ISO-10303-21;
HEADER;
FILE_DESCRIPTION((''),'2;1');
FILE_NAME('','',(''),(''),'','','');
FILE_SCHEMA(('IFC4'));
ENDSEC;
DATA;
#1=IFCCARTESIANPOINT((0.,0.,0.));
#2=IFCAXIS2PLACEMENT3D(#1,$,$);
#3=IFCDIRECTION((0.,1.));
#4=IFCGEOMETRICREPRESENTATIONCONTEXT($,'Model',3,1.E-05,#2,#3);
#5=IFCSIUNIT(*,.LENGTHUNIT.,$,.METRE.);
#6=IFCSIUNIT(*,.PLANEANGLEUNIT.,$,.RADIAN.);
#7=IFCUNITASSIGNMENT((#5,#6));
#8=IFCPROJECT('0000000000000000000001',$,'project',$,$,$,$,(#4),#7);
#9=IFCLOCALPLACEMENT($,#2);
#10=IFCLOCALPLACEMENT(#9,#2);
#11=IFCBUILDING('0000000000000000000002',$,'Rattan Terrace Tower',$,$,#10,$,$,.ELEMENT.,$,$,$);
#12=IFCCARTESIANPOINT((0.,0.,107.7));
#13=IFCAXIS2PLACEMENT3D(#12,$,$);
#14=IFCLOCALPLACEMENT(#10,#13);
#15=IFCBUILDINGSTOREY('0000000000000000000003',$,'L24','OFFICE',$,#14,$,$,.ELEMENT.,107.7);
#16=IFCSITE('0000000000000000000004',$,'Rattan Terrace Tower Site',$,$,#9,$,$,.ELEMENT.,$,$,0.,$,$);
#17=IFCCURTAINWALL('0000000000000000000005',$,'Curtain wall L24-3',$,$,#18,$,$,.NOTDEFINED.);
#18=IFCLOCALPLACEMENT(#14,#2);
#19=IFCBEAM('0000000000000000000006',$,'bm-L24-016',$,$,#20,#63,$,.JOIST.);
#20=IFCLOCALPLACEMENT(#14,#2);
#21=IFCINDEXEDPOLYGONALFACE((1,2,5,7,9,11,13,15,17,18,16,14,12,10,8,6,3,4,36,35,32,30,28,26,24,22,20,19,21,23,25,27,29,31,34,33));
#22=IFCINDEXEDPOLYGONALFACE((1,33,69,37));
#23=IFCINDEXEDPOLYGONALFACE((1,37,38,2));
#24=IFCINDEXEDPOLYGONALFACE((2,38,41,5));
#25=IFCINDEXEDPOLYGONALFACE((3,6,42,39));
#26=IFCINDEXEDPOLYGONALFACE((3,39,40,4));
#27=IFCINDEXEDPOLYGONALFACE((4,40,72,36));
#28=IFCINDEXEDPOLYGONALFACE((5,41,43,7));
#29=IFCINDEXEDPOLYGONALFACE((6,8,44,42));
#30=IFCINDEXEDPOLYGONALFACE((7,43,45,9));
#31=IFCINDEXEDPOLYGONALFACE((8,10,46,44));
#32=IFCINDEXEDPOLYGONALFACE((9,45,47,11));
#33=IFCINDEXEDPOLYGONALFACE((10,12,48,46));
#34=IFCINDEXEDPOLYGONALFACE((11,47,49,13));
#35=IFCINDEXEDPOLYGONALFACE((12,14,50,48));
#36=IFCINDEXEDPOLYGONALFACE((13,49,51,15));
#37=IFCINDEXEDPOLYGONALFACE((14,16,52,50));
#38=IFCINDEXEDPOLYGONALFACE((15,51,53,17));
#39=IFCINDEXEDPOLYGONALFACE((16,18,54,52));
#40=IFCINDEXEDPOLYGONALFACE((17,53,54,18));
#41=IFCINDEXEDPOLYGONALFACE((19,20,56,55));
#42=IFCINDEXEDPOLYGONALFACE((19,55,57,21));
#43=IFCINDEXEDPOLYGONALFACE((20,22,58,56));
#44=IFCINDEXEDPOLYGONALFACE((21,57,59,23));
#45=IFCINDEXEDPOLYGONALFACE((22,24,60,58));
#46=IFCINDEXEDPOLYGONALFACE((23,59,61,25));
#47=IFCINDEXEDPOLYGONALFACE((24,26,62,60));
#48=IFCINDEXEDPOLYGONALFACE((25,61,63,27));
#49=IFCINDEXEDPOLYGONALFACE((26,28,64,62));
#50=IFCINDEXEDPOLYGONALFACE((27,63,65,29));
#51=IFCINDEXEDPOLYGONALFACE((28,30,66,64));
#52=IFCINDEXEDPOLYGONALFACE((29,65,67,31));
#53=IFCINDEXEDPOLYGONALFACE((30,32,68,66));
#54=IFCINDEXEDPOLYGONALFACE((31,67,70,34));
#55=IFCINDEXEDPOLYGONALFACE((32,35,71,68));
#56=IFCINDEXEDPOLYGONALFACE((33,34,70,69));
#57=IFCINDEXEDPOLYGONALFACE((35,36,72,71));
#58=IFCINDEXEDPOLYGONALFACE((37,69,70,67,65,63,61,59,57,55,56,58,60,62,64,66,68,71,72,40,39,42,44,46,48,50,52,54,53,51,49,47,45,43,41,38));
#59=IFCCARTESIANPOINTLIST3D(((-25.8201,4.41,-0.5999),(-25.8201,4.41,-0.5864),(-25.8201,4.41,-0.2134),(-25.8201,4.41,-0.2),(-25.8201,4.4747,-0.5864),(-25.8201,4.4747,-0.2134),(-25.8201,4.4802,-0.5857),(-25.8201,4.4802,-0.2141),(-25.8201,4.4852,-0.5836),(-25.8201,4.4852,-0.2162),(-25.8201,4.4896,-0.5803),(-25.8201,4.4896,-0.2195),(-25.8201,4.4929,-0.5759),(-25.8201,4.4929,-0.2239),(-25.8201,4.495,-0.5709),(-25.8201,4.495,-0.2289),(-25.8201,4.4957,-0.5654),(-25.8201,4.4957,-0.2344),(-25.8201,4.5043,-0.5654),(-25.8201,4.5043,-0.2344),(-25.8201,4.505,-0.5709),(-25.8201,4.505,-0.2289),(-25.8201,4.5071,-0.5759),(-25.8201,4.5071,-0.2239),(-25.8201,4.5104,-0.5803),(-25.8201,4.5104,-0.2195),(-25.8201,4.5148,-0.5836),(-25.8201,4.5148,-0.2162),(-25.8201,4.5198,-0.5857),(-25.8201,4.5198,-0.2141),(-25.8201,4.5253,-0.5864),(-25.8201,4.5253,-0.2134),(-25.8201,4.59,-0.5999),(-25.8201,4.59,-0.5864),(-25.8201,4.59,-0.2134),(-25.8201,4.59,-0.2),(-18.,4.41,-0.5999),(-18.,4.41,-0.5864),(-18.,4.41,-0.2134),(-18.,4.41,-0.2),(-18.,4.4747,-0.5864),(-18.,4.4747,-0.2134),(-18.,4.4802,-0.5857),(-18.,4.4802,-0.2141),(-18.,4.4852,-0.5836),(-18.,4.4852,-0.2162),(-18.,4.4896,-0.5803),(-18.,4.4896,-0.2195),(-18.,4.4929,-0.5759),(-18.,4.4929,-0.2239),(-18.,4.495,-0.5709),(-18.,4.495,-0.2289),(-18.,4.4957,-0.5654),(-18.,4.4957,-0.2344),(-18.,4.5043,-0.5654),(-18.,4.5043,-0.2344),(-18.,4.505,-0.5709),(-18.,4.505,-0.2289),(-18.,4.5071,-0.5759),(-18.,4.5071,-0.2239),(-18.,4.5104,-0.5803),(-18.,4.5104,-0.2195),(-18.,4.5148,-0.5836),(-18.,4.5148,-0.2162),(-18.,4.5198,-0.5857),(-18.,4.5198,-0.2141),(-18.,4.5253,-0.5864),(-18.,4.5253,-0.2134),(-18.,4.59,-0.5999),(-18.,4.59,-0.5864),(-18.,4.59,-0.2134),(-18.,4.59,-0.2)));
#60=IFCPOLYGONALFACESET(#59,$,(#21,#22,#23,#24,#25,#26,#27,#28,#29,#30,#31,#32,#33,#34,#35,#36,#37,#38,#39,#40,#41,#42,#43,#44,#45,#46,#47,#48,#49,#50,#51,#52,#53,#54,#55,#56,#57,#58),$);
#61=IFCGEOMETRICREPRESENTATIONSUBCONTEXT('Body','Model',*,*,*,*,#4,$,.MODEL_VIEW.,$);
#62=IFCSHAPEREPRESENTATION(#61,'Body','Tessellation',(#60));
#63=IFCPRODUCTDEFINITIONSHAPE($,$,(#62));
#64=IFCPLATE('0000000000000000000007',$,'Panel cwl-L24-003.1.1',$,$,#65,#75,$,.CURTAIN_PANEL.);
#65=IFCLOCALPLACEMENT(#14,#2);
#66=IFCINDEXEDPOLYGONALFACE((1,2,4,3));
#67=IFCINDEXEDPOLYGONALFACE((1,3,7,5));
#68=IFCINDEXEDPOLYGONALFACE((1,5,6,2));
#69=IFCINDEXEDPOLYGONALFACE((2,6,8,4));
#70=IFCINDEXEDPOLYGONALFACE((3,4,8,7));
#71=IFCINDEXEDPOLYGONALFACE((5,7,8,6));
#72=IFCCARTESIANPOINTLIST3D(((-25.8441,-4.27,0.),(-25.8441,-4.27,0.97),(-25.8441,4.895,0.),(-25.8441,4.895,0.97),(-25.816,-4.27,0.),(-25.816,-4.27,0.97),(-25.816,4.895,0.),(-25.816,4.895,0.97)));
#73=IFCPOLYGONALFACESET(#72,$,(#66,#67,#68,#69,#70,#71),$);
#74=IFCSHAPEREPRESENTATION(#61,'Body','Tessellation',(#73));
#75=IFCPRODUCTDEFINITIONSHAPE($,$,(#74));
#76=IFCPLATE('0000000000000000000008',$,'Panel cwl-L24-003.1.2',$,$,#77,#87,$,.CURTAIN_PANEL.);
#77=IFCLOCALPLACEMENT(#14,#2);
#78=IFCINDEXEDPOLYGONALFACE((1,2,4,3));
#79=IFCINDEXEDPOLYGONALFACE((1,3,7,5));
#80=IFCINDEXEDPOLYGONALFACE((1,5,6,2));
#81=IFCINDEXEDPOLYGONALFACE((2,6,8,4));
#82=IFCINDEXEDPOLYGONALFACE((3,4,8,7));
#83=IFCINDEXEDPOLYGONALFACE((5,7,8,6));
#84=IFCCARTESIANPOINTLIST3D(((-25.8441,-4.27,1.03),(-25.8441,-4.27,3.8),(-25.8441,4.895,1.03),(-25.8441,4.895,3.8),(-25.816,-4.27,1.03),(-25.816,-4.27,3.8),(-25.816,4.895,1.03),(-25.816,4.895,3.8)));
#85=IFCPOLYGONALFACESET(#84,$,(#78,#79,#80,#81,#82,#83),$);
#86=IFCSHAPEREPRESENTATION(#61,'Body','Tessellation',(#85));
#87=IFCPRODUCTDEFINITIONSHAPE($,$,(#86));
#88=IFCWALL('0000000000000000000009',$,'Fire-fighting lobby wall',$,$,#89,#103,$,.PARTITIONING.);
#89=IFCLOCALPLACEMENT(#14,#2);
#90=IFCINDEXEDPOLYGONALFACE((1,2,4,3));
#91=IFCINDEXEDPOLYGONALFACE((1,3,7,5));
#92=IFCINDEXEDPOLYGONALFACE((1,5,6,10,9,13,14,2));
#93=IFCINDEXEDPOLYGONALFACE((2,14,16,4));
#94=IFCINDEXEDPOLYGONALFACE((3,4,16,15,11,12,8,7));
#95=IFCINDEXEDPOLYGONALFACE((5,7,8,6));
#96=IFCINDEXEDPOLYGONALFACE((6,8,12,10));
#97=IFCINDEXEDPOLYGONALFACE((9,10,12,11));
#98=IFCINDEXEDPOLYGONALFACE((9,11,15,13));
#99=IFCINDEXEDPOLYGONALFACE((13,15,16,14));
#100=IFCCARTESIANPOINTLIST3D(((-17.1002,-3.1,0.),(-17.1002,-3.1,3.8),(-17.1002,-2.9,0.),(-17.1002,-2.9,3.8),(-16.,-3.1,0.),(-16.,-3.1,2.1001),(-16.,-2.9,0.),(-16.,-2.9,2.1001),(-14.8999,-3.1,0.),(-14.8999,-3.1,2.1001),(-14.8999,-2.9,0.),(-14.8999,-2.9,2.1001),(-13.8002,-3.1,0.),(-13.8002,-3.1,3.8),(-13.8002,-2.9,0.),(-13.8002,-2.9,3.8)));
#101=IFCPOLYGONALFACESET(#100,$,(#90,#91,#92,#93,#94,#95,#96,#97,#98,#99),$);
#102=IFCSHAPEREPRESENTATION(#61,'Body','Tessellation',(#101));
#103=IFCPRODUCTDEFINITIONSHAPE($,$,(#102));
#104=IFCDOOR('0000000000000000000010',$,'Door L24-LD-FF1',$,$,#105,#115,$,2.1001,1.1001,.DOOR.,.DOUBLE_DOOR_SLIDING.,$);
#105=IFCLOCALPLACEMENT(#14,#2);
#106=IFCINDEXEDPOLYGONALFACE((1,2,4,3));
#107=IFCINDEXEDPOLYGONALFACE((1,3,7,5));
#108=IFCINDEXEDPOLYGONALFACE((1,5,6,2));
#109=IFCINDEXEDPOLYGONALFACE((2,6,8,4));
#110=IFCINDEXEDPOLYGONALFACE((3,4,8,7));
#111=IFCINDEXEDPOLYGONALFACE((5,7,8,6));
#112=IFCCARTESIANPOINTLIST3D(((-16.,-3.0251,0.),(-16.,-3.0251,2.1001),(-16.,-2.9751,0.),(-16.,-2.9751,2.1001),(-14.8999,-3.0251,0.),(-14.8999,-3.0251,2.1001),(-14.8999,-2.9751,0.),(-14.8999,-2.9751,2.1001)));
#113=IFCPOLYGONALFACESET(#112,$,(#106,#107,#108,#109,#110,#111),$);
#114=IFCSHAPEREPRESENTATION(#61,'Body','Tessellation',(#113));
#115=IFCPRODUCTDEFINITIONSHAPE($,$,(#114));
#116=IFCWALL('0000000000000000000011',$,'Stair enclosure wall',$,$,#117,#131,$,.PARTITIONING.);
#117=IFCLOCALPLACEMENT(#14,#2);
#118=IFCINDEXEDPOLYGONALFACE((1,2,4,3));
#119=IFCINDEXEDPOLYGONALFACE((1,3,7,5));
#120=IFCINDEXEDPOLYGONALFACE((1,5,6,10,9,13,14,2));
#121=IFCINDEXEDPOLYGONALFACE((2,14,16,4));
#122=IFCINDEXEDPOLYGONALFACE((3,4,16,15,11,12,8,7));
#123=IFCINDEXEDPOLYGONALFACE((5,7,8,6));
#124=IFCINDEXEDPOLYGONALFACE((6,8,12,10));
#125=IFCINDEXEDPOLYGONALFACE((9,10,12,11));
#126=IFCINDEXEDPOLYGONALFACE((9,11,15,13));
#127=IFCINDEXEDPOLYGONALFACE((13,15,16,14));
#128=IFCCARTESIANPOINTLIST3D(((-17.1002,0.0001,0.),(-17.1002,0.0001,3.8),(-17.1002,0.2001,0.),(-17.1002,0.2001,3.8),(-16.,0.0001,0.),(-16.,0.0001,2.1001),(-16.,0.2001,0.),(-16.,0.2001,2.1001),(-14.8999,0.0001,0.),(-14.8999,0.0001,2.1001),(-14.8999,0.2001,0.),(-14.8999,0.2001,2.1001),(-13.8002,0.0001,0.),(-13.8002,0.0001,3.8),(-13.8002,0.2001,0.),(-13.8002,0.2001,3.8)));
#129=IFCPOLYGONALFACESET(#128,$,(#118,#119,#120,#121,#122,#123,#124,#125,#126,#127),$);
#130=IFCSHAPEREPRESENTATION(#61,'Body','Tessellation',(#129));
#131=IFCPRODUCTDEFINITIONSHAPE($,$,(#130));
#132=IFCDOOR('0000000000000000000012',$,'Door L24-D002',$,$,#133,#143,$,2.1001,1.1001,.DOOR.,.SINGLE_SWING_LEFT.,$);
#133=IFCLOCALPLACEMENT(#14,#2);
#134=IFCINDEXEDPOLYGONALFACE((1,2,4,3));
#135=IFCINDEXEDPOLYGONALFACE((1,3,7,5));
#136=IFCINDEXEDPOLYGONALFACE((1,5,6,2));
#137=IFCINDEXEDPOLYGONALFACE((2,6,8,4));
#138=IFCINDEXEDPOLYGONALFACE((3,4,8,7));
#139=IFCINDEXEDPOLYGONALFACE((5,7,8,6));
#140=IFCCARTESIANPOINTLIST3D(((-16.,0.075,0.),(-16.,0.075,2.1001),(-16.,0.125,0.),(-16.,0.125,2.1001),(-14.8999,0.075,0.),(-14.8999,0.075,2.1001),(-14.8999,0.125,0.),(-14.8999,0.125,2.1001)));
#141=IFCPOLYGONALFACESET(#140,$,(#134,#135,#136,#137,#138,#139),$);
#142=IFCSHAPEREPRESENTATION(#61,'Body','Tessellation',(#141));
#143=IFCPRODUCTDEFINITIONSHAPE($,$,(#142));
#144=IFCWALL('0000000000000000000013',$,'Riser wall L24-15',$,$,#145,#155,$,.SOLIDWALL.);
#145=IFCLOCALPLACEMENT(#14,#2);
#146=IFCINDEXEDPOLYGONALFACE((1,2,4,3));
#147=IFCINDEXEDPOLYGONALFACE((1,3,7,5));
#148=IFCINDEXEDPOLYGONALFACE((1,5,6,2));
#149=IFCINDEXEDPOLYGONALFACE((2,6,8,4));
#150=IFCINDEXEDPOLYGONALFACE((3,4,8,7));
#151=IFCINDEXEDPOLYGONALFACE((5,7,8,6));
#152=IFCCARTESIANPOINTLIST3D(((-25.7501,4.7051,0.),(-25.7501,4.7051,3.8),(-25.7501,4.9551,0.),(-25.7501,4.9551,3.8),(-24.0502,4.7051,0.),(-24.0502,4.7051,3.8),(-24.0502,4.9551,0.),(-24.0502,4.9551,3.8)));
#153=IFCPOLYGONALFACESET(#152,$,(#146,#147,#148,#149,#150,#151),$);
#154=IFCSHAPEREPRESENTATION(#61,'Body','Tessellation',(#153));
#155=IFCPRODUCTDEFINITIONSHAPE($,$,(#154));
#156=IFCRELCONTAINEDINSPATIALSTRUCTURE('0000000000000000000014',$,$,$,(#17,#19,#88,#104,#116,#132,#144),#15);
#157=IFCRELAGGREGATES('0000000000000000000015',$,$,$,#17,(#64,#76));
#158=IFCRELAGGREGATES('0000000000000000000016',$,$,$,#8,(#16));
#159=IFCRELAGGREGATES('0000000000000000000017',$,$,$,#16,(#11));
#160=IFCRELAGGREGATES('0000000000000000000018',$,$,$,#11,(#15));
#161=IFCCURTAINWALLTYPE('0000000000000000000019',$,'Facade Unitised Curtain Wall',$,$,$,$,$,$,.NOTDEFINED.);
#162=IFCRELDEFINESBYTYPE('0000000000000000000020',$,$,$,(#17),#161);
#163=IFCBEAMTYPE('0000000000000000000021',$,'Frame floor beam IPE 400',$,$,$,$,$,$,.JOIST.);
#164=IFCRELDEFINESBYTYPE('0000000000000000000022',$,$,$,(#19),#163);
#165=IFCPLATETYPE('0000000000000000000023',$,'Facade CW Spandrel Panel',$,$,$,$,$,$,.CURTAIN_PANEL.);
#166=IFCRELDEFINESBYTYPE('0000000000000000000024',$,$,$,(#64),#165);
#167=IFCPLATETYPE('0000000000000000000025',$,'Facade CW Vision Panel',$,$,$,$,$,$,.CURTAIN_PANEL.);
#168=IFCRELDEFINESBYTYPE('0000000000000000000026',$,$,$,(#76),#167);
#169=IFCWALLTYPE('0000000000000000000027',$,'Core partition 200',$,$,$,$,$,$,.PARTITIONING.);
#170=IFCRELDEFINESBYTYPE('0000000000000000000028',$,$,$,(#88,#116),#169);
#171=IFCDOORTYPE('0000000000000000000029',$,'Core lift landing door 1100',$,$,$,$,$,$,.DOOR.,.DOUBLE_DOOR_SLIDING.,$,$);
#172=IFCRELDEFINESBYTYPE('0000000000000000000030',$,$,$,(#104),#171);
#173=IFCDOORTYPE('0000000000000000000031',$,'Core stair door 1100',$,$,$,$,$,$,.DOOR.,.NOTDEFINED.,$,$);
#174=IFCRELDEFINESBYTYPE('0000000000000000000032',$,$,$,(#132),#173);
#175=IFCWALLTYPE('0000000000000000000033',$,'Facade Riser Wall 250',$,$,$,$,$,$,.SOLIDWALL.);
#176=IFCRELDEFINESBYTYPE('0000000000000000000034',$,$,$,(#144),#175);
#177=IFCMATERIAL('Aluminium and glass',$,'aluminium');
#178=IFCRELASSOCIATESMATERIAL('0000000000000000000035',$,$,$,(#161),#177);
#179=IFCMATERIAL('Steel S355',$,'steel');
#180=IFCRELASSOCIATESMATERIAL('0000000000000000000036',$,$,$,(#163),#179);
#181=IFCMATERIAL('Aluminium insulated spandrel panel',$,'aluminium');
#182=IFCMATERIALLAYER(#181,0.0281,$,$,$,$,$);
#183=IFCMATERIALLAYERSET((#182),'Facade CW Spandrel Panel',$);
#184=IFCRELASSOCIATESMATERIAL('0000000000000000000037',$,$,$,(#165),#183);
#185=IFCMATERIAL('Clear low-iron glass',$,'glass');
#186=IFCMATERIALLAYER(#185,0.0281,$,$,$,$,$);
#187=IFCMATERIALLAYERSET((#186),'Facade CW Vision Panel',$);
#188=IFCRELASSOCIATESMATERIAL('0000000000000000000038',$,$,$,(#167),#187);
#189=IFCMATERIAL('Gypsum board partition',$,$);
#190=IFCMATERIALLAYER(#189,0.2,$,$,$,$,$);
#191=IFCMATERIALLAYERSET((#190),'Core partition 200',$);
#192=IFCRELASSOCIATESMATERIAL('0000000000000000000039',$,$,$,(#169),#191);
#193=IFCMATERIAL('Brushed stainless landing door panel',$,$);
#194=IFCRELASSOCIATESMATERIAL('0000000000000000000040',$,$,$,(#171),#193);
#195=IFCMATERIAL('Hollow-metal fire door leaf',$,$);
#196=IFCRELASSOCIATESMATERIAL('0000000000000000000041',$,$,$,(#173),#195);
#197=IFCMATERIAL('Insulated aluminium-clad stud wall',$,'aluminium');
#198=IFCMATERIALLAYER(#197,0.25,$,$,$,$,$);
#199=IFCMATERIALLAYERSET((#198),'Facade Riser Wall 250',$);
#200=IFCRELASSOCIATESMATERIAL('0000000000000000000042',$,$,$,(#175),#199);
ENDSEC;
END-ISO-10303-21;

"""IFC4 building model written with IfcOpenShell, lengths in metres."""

from ifc_helpers import new_model, si_unit, direction, frame, frame_2d, origin, origin_2d, place, context, subcontext, project, spatial, rectangle, i_section, extrude, material, layer, layer_set, material_profile, profile_set, type_object, element, fill, aggregate, save


model = new_model("IFC4")

# Units and contexts
model_context = context("Model", 3, precision=1e-05, world=origin(), true_north=direction((0.0, 1.0)))
body_context = subcontext(model_context, "Body", "Model", "MODEL_VIEW")
ifc_project = project(units=[si_unit("LENGTHUNIT", "METRE"), si_unit("PLANEANGLEUNIT", "RADIAN")], contexts=[model_context])

# Site, building, storey
site_placement = place(None, origin())
site = spatial("IfcSite", under=ifc_project, at=site_placement, Name="Rattan Terrace Tower Site", CompositionType="ELEMENT", RefElevation=0.0)
building_placement = place(site_placement, origin())
building = spatial("IfcBuilding", under=site, at=building_placement, Name="Rattan Terrace Tower", CompositionType="ELEMENT")
storey_placement = place(building_placement, frame((0.0, 0.0, 107.7)))
storey = spatial("IfcBuildingStorey", under=building, at=storey_placement, Name="L24", Description="OFFICE", CompositionType="ELEMENT", Elevation=107.7)

# Curtain wall
ifc_material_1 = material(Name="Aluminium and glass", Category="aluminium")
curtain_wall_type = type_object("IfcCurtainWallType", Name="Facade Unitised Curtain Wall", PredefinedType="NOTDEFINED", material=ifc_material_1)
curtain_wall_placement = place(storey_placement, origin())
curtain_wall = element("IfcCurtainWall", 1, at=curtain_wall_placement, inside=storey, type_object=curtain_wall_type, Name="Curtain wall L24-3", PredefinedType="NOTDEFINED")

# Beam
ifc_material_2 = material(Name="Steel S355", Category="steel")
ifc_material_profile_1 = material_profile(ifc_material_2, i_section(OverallWidth=0.1799, OverallDepth=0.3999, WebThickness=0.0085, FlangeThickness=0.0134, FilletRadius=0.021, at=origin_2d()), Name="IPE 400")
ifc_profile_set_1 = profile_set([ifc_material_profile_1], Name="Steel S355")
beam_type_1 = type_object("IfcBeamType", Name="Frame floor beam IPE 400", PredefinedType="JOIST", material=ifc_profile_set_1)
for number, where, z_axis, x_axis, name in (
    (2, (-25.8201, 4.5, -0.3999), (1.0, 0.0, 0.0), (0.0, 1.0, 0.0), "bm-L24-016"),
):
    element("IfcBeam", number, at=place(storey_placement, frame(where, z_axis=z_axis, x_axis=x_axis)), inside=storey, type_object=beam_type_1, Name=name, PredefinedType="JOIST", context=body_context, shape_type="SweptSolid", body=[
        extrude(i_section(OverallWidth=0.1799, OverallDepth=0.3999, WebThickness=0.0085, FlangeThickness=0.0134, FilletRadius=0.021, at=origin_2d()), origin(), (0.0, 0.0, 1.0), 7.8201),
    ])

# Plates
ifc_material_3 = material(Name="Aluminium insulated spandrel panel", Category="aluminium")
ifc_layer_1 = layer(ifc_material_3, 0.0281)
ifc_layer_set_1 = layer_set([ifc_layer_1], Name="Facade CW Spandrel Panel")
plate_type_1 = type_object("IfcPlateType", Name="Facade CW Spandrel Panel", PredefinedType="CURTAIN_PANEL", material=ifc_layer_set_1)
plate_1_placement = place(storey_placement, frame((-25.8301, 0.3125, 0.0), z_axis=(0.0, 0.0, 1.0), x_axis=(0.0, -1.0, 0.0)))
plate_1 = element("IfcPlate", 3, at=plate_1_placement, type_object=plate_type_1, Name="Panel cwl-L24-003.1.1", PredefinedType="CURTAIN_PANEL", context=body_context, shape_type="SweptSolid", body=[
    extrude(rectangle(XDim=9.165, YDim=0.0281, at=origin_2d()), origin(), (0.0, 0.0, 1.0), 0.97),
])
ifc_material_4 = material(Name="Clear low-iron glass", Category="glass")
ifc_layer_2 = layer(ifc_material_4, 0.0281)
ifc_layer_set_2 = layer_set([ifc_layer_2], Name="Facade CW Vision Panel")
plate_type_2 = type_object("IfcPlateType", Name="Facade CW Vision Panel", PredefinedType="CURTAIN_PANEL", material=ifc_layer_set_2)
plate_2_placement = place(storey_placement, frame((-25.8301, 0.3125, 1.03), z_axis=(0.0, 0.0, 1.0), x_axis=(0.0, -1.0, 0.0)))
plate_2 = element("IfcPlate", 4, at=plate_2_placement, type_object=plate_type_2, Name="Panel cwl-L24-003.1.2", PredefinedType="CURTAIN_PANEL", context=body_context, shape_type="SweptSolid", body=[
    extrude(rectangle(XDim=9.165, YDim=0.0281, at=origin_2d()), origin(), (0.0, 0.0, 1.0), 2.77),
])
aggregate(curtain_wall, [plate_1, plate_2])

# Walls, openings, doors
ifc_material_5 = material(Name="Gypsum board partition")
ifc_layer_3 = layer(ifc_material_5, 0.2)
ifc_layer_set_3 = layer_set([ifc_layer_3], Name="Core partition 200")
wall_type_1 = type_object("IfcWallType", Name="Core partition 200", PredefinedType="PARTITIONING", material=ifc_layer_set_3)
wall_1_placement = place(storey_placement, frame((-17.1001, -3.0, 0.0), z_axis=(0.0, 0.0, 1.0), x_axis=(1.0, 0.0, 0.0)))
wall_1 = element("IfcWall", 5, at=wall_1_placement, inside=storey, type_object=wall_type_1, Name="Fire-fighting lobby wall", PredefinedType="PARTITIONING", context=body_context, shape_type="SweptSolid", body=[
    extrude(rectangle(XDim=3.3, YDim=0.2, at=frame_2d((1.6499, 0.0))), origin(), (0.0, 0.0, 1.0), 3.8),
])
opening_1_placement = place(wall_1_placement, frame((1.1001, 0.0, 0.0)))
opening_1 = element("IfcOpeningElement", 6, at=opening_1_placement, cuts=wall_1, PredefinedType="OPENING", context=body_context, shape_type="SweptSolid", body=[
    extrude(rectangle(XDim=1.1001, YDim=2.1001, at=frame_2d((0.55, 1.05))), frame((0.0, 0.1106, 0.0), z_axis=(0.0, -1.0, 0.0), x_axis=(1.0, 0.0, 0.0)), (0.0, 0.0, 1.0), 0.2209),
])
ifc_material_6 = material(Name="Brushed stainless landing door panel")
door_type_1 = type_object("IfcDoorType", Name="Core lift landing door 1100", OperationType="DOUBLE_DOOR_SLIDING", PredefinedType="DOOR", material=ifc_material_6)
door_1_placement = place(opening_1_placement, origin())
door_1 = element("IfcDoor", 7, at=door_1_placement, inside=storey, type_object=door_type_1, Name="Door L24-LD-FF1", OperationType="DOUBLE_DOOR_SLIDING", OverallHeight=2.1001, OverallWidth=1.1001, PredefinedType="DOOR", context=body_context, shape_type="SweptSolid", body=[
    extrude(rectangle(XDim=1.1001, YDim=2.1001, at=frame_2d((0.55, 1.05))), frame((0.0, 0.0249, 0.0), z_axis=(0.0, -1.0, 0.0), x_axis=(1.0, 0.0, 0.0)), (0.0, 0.0, 1.0), 0.05),
])
fill(opening_1, door_1)
wall_2_placement = place(storey_placement, frame((-17.1001, 0.1001, 0.0), z_axis=(0.0, 0.0, 1.0), x_axis=(1.0, 0.0, 0.0)))
wall_2 = element("IfcWall", 8, at=wall_2_placement, inside=storey, type_object=wall_type_1, Name="Stair enclosure wall", PredefinedType="PARTITIONING", context=body_context, shape_type="SweptSolid", body=[
    extrude(rectangle(XDim=3.3, YDim=0.2, at=frame_2d((1.6499, 0.0))), origin(), (0.0, 0.0, 1.0), 3.8),
])
opening_2_placement = place(wall_2_placement, frame((1.1001, 0.0, 0.0)))
opening_2 = element("IfcOpeningElement", 9, at=opening_2_placement, cuts=wall_2, PredefinedType="OPENING", context=body_context, shape_type="SweptSolid", body=[
    extrude(rectangle(XDim=1.1001, YDim=2.1001, at=frame_2d((0.55, 1.05))), frame((0.0, 0.1106, 0.0), z_axis=(0.0, -1.0, 0.0), x_axis=(1.0, 0.0, 0.0)), (0.0, 0.0, 1.0), 0.2209),
])
ifc_material_7 = material(Name="Hollow-metal fire door leaf")
door_type_2 = type_object("IfcDoorType", Name="Core stair door 1100", OperationType="NOTDEFINED", PredefinedType="DOOR", material=ifc_material_7)
door_2_placement = place(opening_2_placement, origin())
door_2 = element("IfcDoor", 10, at=door_2_placement, inside=storey, type_object=door_type_2, Name="Door L24-D002", OperationType="SINGLE_SWING_LEFT", OverallHeight=2.1001, OverallWidth=1.1001, PredefinedType="DOOR", context=body_context, shape_type="SweptSolid", body=[
    extrude(rectangle(XDim=1.1001, YDim=2.1001, at=frame_2d((0.55, 1.05))), frame((0.0, 0.0249, 0.0), z_axis=(0.0, -1.0, 0.0), x_axis=(1.0, 0.0, 0.0)), (0.0, 0.0, 1.0), 0.05),
])
fill(opening_2, door_2)

# Wall
ifc_material_8 = material(Name="Insulated aluminium-clad stud wall", Category="aluminium")
ifc_layer_4 = layer(ifc_material_8, 0.25)
ifc_layer_set_4 = layer_set([ifc_layer_4], Name="Facade Riser Wall 250")
wall_type_2 = type_object("IfcWallType", Name="Facade Riser Wall 250", PredefinedType="SOLIDWALL", material=ifc_layer_set_4)
wall_3_placement = place(storey_placement, frame((-24.05, 4.8301, 0.0), z_axis=(0.0, 0.0, 1.0), x_axis=(-1.0, 0.0, 0.0)))
element("IfcWall", 11, at=wall_3_placement, inside=storey, type_object=wall_type_2, Name="Riser wall L24-15", PredefinedType="SOLIDWALL", context=body_context, shape_type="SweptSolid", body=[
    extrude(rectangle(XDim=1.7, YDim=0.25, at=frame_2d((0.8501, 0.0))), origin(), (0.0, 0.0, 1.0), 3.8),
])

save(model, "model.ifc")
